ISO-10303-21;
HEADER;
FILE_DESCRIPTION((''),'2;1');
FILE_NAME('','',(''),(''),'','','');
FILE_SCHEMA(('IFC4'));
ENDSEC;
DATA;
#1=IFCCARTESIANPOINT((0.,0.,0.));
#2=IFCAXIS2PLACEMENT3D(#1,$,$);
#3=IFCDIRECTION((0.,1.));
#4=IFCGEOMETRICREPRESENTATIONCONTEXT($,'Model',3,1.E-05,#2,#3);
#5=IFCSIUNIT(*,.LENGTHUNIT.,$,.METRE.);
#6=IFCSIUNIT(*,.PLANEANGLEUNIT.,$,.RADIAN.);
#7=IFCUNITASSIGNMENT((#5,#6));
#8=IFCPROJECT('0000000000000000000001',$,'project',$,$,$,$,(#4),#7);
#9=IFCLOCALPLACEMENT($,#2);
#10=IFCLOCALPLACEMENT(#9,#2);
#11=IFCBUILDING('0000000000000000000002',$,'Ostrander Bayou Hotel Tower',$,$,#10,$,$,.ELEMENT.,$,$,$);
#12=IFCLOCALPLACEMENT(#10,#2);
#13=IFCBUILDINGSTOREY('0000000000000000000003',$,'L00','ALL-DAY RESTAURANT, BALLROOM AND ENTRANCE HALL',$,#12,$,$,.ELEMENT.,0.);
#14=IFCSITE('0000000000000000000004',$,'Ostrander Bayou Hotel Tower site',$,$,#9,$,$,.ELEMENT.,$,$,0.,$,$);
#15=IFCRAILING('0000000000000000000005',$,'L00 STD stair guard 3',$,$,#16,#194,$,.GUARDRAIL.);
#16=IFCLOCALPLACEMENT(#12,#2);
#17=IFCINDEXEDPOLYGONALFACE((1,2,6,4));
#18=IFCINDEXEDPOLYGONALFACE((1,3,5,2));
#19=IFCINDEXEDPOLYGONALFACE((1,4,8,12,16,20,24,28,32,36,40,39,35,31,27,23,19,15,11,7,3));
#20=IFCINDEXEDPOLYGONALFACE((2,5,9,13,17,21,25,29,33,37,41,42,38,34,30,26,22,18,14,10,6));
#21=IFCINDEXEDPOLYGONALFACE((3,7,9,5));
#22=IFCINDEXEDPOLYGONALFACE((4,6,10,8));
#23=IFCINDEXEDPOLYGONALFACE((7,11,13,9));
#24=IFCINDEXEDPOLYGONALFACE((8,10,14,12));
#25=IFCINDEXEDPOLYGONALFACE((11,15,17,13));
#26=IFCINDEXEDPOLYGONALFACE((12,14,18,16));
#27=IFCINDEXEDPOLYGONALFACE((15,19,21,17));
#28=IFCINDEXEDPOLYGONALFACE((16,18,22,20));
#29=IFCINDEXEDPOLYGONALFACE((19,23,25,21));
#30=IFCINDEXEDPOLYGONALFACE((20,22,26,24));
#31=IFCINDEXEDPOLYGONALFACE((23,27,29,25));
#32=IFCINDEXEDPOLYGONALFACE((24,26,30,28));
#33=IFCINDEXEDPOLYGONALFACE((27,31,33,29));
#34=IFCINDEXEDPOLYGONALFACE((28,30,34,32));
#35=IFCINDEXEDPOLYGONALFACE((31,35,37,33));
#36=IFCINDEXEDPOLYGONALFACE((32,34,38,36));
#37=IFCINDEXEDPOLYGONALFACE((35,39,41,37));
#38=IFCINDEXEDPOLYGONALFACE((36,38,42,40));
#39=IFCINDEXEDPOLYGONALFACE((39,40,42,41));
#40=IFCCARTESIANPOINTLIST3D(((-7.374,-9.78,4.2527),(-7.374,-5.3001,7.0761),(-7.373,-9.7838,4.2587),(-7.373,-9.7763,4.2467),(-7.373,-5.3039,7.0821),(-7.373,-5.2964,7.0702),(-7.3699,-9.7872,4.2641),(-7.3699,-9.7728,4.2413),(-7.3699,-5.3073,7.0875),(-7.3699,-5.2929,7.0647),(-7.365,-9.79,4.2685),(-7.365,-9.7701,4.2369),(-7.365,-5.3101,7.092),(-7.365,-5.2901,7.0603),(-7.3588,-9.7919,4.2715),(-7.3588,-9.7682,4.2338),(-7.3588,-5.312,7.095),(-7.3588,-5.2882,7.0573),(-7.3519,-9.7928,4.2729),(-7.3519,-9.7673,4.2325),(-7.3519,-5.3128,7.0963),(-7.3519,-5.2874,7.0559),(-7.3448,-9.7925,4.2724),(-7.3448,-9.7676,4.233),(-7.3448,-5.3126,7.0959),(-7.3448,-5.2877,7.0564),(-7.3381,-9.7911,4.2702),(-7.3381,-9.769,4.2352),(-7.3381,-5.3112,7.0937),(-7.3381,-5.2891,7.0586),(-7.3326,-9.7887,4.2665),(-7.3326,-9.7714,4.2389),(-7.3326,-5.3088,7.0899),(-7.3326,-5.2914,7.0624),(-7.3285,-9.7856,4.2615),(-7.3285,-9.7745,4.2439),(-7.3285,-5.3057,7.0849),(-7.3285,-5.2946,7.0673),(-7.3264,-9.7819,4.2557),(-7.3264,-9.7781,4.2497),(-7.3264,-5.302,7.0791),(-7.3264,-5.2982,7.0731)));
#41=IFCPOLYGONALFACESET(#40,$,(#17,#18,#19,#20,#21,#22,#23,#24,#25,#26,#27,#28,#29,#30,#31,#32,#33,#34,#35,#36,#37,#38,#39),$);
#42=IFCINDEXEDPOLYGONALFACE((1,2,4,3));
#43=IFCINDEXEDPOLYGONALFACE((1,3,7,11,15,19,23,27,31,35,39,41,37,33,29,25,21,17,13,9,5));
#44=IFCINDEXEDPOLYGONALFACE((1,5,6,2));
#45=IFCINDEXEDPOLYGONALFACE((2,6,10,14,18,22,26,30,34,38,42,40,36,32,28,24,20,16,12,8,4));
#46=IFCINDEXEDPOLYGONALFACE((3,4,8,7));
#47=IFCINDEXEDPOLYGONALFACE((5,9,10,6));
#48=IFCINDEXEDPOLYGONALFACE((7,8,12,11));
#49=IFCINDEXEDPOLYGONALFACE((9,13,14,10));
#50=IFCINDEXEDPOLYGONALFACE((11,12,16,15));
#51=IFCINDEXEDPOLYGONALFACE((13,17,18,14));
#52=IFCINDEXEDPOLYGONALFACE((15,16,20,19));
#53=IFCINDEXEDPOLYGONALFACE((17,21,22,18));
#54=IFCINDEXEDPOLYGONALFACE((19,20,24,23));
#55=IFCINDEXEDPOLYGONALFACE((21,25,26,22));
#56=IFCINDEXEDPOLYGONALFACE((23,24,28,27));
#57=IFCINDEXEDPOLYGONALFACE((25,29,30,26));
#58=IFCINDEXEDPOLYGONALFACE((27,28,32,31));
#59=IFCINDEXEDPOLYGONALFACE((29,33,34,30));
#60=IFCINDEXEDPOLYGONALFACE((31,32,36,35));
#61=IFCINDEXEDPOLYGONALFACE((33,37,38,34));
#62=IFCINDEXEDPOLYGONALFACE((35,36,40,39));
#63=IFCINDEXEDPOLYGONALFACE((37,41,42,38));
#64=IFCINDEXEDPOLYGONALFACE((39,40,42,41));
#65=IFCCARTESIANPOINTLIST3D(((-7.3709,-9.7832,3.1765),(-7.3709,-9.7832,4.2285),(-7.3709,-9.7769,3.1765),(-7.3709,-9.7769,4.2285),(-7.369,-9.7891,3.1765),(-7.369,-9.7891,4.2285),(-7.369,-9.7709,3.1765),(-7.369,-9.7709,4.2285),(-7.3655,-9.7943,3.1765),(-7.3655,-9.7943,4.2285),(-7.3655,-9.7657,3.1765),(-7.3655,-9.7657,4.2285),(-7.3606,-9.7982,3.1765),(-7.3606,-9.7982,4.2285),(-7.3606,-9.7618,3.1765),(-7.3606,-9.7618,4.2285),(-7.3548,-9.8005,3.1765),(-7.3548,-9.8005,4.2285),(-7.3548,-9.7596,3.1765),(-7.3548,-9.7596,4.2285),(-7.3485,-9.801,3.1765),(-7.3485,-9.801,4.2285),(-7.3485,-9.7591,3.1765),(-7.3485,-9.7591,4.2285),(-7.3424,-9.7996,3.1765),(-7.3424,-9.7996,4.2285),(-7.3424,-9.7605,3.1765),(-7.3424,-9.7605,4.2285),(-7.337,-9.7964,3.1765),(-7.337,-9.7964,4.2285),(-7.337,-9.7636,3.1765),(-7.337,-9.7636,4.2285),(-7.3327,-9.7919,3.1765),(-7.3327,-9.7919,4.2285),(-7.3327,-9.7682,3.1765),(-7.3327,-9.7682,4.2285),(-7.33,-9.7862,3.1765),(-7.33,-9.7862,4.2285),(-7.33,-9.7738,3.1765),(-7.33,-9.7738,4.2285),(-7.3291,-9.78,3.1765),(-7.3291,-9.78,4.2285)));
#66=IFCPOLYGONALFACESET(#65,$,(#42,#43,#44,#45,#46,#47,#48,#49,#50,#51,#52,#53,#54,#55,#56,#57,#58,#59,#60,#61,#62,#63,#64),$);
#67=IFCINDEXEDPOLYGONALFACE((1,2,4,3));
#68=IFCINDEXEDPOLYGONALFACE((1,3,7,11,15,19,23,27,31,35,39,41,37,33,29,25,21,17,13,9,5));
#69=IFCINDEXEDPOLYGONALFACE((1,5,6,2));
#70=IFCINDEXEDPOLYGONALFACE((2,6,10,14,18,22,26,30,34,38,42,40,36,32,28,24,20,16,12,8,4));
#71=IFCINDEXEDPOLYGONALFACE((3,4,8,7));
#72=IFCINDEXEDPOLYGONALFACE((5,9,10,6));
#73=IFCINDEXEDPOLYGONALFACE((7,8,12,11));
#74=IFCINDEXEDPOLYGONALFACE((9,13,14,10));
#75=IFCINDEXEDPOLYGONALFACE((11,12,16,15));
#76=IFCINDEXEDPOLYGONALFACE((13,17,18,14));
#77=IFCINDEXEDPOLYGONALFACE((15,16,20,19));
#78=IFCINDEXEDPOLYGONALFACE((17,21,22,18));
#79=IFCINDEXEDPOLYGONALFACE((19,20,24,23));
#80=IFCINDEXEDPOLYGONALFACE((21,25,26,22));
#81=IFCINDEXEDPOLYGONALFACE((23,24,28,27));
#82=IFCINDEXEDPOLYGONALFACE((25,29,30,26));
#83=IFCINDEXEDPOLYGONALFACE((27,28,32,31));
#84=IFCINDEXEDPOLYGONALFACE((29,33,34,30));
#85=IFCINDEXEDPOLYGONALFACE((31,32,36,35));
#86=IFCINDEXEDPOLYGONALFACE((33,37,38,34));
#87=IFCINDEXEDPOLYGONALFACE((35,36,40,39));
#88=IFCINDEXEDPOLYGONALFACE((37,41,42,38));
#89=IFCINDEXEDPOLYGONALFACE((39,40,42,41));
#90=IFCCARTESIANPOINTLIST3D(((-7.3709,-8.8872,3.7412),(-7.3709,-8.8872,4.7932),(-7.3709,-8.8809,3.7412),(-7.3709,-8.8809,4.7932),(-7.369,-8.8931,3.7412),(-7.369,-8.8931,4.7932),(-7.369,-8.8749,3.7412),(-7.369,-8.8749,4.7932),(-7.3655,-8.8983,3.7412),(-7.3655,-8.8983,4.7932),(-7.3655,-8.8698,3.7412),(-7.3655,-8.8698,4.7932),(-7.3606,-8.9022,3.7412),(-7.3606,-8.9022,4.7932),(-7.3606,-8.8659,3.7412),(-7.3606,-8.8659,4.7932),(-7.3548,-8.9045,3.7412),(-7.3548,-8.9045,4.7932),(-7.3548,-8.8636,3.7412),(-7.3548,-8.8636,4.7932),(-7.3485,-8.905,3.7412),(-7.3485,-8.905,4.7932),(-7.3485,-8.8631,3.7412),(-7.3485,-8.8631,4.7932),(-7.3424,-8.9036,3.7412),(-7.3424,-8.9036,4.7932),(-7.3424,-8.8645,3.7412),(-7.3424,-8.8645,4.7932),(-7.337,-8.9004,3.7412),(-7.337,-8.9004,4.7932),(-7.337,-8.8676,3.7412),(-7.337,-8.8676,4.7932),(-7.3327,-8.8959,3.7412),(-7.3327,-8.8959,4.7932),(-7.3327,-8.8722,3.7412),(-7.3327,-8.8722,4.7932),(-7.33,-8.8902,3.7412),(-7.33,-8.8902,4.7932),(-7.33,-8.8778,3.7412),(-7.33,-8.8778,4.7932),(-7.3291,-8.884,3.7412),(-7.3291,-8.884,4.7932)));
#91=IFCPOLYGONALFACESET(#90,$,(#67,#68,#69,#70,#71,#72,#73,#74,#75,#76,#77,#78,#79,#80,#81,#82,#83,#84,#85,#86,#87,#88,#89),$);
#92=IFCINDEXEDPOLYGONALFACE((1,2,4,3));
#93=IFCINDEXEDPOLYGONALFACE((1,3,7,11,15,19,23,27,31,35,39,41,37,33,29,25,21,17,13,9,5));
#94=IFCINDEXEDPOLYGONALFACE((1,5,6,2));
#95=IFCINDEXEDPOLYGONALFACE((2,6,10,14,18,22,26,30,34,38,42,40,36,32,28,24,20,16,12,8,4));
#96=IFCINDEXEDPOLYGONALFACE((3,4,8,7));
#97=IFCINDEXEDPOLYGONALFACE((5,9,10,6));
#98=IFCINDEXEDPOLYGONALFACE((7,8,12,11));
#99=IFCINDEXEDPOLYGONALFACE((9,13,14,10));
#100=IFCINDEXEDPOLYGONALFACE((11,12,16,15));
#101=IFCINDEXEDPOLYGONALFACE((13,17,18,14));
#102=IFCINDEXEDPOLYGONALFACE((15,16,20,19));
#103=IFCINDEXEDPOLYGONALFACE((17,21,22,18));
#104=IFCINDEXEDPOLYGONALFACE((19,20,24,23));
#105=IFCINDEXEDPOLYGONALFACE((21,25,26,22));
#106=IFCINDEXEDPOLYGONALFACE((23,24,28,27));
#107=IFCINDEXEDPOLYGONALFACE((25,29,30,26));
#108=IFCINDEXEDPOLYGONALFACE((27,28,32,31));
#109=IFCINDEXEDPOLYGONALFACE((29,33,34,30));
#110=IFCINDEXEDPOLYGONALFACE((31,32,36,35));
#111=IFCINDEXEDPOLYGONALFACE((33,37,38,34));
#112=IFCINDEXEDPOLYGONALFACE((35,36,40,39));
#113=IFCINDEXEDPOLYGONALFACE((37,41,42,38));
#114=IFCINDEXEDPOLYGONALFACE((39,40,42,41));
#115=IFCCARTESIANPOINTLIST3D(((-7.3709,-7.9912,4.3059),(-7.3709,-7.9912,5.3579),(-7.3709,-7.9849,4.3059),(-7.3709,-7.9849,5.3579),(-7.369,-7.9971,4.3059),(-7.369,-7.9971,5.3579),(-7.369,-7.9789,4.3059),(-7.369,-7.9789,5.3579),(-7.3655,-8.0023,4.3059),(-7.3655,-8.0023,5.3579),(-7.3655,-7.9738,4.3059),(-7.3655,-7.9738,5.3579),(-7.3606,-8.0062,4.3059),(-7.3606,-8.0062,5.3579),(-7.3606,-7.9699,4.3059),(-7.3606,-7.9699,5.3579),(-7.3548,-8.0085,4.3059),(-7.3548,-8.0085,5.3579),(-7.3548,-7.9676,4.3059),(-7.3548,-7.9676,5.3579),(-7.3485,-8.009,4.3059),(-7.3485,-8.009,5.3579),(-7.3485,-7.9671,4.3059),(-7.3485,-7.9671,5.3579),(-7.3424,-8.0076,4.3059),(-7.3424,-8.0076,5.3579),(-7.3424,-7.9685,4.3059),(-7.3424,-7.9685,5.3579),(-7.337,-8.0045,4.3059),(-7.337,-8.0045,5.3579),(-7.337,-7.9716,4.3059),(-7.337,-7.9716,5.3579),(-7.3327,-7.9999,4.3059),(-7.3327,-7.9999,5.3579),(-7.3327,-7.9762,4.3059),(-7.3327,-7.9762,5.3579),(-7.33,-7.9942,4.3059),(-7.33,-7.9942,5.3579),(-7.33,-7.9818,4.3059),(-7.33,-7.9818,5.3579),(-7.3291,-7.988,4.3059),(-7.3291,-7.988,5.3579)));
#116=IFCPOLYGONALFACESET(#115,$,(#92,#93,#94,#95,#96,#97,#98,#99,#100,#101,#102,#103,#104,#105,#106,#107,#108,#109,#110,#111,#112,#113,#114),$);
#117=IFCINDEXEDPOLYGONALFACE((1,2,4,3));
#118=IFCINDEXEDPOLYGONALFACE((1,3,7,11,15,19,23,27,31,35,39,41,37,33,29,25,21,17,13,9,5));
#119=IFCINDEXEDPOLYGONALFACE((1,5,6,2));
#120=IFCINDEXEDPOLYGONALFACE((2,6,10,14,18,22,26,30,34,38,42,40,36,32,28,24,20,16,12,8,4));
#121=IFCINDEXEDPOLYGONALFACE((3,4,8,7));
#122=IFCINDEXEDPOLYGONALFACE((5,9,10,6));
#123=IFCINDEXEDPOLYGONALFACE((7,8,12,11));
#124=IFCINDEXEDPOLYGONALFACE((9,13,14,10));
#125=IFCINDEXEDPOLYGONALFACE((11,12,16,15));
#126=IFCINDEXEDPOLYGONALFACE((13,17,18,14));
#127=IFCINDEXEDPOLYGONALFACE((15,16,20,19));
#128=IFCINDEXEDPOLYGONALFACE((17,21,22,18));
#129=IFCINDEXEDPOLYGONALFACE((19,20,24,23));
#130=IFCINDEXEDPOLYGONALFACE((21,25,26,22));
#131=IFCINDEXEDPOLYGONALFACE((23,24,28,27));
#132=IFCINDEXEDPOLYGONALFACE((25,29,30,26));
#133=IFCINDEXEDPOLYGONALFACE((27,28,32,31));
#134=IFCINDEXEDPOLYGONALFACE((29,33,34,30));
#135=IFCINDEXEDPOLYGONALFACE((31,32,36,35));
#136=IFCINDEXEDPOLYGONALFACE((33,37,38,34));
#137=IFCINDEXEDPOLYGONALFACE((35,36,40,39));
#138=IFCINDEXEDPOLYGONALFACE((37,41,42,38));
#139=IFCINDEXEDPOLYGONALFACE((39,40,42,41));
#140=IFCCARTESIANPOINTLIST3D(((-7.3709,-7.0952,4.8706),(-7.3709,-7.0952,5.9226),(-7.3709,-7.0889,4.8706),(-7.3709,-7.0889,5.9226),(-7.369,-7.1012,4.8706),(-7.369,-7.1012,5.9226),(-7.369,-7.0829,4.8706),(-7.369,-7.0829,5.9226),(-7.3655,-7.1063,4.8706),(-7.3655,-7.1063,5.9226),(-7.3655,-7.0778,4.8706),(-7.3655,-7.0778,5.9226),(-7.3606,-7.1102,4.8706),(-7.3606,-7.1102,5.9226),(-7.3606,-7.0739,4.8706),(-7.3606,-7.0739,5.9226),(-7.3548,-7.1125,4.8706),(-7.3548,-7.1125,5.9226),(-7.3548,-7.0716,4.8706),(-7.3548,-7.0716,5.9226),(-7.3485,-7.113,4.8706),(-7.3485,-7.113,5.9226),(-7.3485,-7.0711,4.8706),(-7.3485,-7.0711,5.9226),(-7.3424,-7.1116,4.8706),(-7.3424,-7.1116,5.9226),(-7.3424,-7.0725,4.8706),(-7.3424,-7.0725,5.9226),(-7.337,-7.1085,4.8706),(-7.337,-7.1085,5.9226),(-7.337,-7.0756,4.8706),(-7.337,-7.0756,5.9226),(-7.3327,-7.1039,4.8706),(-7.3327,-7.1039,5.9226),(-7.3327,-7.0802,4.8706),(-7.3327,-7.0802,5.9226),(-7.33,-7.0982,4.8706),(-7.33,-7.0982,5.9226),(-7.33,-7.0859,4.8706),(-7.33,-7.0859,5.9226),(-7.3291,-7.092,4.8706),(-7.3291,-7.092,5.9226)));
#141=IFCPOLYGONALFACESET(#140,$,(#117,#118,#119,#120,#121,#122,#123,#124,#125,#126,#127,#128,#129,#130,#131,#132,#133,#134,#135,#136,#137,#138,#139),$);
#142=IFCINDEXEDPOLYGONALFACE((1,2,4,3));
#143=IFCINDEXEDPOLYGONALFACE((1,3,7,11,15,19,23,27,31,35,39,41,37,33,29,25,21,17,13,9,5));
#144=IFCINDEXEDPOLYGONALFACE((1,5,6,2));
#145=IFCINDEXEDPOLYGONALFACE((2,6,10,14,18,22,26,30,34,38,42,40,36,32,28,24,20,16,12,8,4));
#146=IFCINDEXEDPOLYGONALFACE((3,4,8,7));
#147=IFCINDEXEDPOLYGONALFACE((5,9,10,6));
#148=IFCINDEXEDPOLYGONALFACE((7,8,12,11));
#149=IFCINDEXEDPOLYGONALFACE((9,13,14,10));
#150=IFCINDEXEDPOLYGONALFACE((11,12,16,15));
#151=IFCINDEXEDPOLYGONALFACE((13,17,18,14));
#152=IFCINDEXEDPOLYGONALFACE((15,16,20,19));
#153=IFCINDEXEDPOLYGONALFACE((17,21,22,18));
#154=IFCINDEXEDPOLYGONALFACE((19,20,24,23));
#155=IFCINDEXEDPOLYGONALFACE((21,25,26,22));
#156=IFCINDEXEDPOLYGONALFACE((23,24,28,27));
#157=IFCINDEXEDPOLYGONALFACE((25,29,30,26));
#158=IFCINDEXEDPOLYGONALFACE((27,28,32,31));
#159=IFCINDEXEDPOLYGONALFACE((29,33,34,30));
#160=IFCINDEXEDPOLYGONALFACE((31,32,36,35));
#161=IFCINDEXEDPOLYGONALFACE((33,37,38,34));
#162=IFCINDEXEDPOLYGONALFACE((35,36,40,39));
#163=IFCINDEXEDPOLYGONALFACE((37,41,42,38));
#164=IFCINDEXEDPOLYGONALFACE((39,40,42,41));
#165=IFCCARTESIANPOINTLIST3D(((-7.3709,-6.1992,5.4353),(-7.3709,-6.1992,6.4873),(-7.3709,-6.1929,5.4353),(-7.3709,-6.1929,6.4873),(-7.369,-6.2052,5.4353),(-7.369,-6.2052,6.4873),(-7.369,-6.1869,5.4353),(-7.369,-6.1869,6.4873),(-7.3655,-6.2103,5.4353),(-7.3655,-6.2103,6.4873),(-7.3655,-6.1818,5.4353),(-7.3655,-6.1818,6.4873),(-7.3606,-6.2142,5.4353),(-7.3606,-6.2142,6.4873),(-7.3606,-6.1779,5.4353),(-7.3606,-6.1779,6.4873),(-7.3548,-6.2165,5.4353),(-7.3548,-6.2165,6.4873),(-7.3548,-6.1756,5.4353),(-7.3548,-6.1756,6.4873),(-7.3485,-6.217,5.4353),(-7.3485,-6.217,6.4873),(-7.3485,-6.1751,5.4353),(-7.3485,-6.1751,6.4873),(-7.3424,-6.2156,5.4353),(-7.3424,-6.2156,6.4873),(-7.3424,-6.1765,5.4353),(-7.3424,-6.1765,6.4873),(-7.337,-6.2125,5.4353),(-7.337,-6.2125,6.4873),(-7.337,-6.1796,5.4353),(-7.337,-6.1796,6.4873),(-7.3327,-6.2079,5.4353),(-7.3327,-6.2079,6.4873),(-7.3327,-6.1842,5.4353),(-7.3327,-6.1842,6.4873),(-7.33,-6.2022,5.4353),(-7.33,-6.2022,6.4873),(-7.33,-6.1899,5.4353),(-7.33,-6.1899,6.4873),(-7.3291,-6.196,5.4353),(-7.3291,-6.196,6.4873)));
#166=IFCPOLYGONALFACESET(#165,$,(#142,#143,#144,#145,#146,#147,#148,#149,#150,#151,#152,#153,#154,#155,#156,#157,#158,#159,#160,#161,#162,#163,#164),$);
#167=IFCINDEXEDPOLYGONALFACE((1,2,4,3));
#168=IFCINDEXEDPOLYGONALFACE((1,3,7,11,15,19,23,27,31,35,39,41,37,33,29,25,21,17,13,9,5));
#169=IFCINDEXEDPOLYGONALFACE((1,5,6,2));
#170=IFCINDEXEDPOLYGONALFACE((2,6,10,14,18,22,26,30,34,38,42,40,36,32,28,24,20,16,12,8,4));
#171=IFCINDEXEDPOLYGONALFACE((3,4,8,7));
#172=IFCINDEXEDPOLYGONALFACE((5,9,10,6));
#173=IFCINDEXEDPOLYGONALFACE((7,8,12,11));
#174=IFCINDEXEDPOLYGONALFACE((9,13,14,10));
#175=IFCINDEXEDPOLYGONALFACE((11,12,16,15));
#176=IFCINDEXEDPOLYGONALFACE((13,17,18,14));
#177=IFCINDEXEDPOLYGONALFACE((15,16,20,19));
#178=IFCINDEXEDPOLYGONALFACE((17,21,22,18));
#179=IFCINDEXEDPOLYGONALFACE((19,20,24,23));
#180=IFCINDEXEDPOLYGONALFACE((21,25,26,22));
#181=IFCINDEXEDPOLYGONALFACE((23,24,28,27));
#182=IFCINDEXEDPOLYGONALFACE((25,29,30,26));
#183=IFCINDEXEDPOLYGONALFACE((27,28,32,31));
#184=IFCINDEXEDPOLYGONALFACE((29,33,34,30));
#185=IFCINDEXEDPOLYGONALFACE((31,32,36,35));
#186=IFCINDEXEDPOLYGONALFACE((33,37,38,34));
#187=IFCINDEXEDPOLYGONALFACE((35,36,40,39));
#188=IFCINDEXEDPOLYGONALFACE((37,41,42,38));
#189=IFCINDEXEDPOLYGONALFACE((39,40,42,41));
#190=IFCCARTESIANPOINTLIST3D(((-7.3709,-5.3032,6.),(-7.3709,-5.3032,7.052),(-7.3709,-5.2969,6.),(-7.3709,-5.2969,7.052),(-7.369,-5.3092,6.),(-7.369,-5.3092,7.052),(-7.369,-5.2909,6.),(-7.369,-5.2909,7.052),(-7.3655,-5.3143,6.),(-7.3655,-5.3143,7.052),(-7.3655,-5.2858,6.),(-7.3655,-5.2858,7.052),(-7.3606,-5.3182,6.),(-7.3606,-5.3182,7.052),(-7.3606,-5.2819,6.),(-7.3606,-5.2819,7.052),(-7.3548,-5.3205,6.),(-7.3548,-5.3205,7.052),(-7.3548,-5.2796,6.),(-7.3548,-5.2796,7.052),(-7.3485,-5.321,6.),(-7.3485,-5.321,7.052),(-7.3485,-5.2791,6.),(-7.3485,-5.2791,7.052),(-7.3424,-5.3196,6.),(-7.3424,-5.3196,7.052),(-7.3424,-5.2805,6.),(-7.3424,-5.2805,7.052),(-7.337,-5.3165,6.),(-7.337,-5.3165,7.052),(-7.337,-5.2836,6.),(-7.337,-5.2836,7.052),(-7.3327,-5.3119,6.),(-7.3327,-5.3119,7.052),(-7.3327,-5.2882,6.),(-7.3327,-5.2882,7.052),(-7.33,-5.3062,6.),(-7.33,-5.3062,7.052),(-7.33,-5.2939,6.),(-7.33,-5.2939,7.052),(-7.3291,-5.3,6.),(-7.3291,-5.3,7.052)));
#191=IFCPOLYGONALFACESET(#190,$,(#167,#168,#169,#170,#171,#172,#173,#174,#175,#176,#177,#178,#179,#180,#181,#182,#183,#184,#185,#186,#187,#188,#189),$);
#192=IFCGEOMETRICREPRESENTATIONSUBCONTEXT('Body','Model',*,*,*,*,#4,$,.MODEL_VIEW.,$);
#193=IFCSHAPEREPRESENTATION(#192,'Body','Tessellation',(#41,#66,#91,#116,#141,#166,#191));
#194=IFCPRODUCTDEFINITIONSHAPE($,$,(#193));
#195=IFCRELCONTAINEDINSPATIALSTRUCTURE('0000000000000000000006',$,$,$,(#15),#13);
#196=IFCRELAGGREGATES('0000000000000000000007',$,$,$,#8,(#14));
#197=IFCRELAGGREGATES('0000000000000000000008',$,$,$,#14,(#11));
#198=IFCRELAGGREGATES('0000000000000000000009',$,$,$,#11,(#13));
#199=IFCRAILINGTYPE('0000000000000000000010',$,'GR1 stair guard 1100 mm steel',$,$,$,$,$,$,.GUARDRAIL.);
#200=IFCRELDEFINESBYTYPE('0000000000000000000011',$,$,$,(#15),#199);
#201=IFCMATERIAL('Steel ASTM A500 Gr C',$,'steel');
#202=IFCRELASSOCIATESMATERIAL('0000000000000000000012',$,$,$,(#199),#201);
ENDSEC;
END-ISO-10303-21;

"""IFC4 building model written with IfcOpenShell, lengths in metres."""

from ifc_helpers import new_model, si_unit, direction, frame, origin, origin_2d, place, context, subcontext, project, spatial, circle, extrude, material, type_object, element, save


model = new_model("IFC4")

# Units and contexts
model_context = context("Model", 3, precision=1e-05, world=origin(), true_north=direction((0.0, 1.0)))
body_context = subcontext(model_context, "Body", "Model", "MODEL_VIEW")
ifc_project = project(units=[si_unit("LENGTHUNIT", "METRE"), si_unit("PLANEANGLEUNIT", "RADIAN")], contexts=[model_context])

# Site, building, storey
site_placement = place(None, origin())
site = spatial("IfcSite", under=ifc_project, at=site_placement, Name="Ostrander Bayou Hotel Tower site", CompositionType="ELEMENT", RefElevation=0.0)
building_placement = place(site_placement, origin())
building = spatial("IfcBuilding", under=site, at=building_placement, Name="Ostrander Bayou Hotel Tower", CompositionType="ELEMENT")
storey_placement = place(building_placement, origin())
storey = spatial("IfcBuildingStorey", under=building, at=storey_placement, Name="L00", Description="ALL-DAY RESTAURANT, BALLROOM AND ENTRANCE HALL", CompositionType="ELEMENT", Elevation=0.0)

# Railing
ifc_material_1 = material(Name="Steel ASTM A500 Gr C", Category="steel")
railing_type_1 = type_object("IfcRailingType", Name="GR1 stair guard 1100 mm steel", PredefinedType="GUARDRAIL", material=ifc_material_1)
railing_1_placement = place(storey_placement, frame((-7.3501, -9.78, 3.1765)))
element("IfcRailing", 1, at=railing_1_placement, inside=storey, type_object=railing_type_1, Name="L00 STD stair guard 3", PredefinedType="GUARDRAIL", context=body_context, shape_type="SweptSolid", body=[
    extrude(circle(Radius=0.0239, at=origin_2d()), frame((0.0, 0.0, 1.0762), z_axis=(0.0, 0.845998, 0.533186), x_axis=(-1.0, 0.0, 0.0)), (0.0, 0.0, 1.0), 5.2954),
    extrude(circle(Radius=0.021, at=origin_2d()), origin(), (0.0, 0.0, 1.0), 1.052),
    extrude(circle(Radius=0.021, at=origin_2d()), frame((0.0, 0.896, 0.5647)), (0.0, 0.0, 1.0), 1.052),
    extrude(circle(Radius=0.021, at=origin_2d()), frame((0.0, 1.792, 1.1294)), (0.0, 0.0, 1.0), 1.052),
    extrude(circle(Radius=0.021, at=origin_2d()), frame((0.0, 2.688, 1.6941)), (0.0, 0.0, 1.0), 1.052),
    extrude(circle(Radius=0.021, at=origin_2d()), frame((0.0, 3.584, 2.2588)), (0.0, 0.0, 1.0), 1.052),
    extrude(circle(Radius=0.021, at=origin_2d()), frame((0.0, 4.48, 2.8235)), (0.0, 0.0, 1.0), 1.052),
])

save(model, "model.ifc")
